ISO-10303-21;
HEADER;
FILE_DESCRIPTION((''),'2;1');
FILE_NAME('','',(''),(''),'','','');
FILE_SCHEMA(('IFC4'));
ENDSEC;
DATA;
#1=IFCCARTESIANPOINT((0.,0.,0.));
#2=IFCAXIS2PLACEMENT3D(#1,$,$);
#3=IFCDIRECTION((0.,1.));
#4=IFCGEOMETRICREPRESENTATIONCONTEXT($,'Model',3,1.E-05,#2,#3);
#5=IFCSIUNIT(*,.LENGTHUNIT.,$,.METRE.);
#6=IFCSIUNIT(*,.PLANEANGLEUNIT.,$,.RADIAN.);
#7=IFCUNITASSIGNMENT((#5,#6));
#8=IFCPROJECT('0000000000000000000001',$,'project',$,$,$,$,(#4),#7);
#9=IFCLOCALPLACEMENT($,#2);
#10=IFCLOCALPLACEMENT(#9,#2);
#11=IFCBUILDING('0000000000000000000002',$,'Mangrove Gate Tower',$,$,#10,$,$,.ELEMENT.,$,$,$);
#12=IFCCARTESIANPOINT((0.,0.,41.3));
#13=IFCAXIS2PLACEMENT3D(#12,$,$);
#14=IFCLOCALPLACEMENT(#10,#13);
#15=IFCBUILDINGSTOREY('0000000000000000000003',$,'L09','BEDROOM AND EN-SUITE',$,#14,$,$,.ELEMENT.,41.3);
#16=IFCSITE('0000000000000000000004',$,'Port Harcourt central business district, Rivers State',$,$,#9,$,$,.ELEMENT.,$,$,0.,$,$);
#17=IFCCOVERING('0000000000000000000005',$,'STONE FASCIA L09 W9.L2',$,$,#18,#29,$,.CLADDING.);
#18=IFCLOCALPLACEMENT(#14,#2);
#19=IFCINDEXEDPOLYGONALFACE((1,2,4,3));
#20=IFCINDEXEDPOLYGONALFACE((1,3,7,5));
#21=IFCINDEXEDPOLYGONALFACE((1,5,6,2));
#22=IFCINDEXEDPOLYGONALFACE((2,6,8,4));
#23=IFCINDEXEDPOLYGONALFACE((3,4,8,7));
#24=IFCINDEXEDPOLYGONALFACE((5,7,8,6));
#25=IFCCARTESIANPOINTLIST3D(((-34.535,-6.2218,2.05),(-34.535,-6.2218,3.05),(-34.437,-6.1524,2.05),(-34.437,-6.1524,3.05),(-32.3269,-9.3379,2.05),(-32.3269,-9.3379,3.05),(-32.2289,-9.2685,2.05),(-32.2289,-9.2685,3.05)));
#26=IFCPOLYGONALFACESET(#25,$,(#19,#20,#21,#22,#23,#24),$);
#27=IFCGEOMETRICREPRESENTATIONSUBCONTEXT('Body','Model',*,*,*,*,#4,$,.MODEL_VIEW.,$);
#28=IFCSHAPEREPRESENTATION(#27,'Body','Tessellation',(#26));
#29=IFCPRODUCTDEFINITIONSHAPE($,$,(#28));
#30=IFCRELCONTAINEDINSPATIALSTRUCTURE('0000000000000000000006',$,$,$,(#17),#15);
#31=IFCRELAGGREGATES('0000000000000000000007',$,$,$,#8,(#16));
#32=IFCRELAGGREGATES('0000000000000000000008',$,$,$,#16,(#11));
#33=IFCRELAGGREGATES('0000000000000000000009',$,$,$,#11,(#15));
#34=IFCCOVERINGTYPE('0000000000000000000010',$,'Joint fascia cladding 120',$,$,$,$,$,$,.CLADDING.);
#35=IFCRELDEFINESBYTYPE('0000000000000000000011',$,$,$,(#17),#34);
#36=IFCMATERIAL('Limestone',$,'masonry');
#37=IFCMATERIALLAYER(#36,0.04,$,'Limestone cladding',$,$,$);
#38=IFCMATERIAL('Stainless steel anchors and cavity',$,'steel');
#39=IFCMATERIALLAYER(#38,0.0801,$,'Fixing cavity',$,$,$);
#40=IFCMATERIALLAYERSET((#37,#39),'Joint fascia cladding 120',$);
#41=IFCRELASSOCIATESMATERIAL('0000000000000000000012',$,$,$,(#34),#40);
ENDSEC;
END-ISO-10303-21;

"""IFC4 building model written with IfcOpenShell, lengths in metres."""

from ifc_helpers import new_model, si_unit, direction, frame, frame_2d, origin, place, context, subcontext, project, spatial, rectangle, extrude, material, layer, layer_set, type_object, element, save


model = new_model("IFC4")

# Units and contexts
model_context = context("Model", 3, precision=1e-05, world=origin(), true_north=direction((0.0, 1.0)))
body_context = subcontext(model_context, "Body", "Model", "MODEL_VIEW")
ifc_project = project(units=[si_unit("LENGTHUNIT", "METRE"), si_unit("PLANEANGLEUNIT", "RADIAN")], contexts=[model_context])

# Site, building, storey
site_placement = place(None, origin())
site = spatial("IfcSite", under=ifc_project, at=site_placement, Name="Port Harcourt central business district, Rivers State", CompositionType="ELEMENT", RefElevation=0.0)
building_placement = place(site_placement, origin())
building = spatial("IfcBuilding", under=site, at=building_placement, Name="Mangrove Gate Tower", CompositionType="ELEMENT")
storey_placement = place(building_placement, frame((0.0, 0.0, 41.3)))
storey = spatial("IfcBuildingStorey", under=building, at=storey_placement, Name="L09", Description="BEDROOM AND EN-SUITE", CompositionType="ELEMENT", Elevation=41.3)

# Shared definitions
ifc_material_1 = material(Name="Limestone", Category="masonry")

# Covering
ifc_layer_1 = layer(ifc_material_1, 0.04, Name="Limestone cladding")
ifc_material_2 = material(Name="Stainless steel anchors and cavity", Category="steel")
ifc_layer_2 = layer(ifc_material_2, 0.0801, Name="Fixing cavity")
ifc_layer_set_1 = layer_set([ifc_layer_1, ifc_layer_2], Name="Joint fascia cladding 120")
covering_type = type_object("IfcCoveringType", Name="Joint fascia cladding 120", PredefinedType="CLADDING", material=ifc_layer_set_1)
covering_placement = place(storey_placement, frame((-34.4861, -6.187, 2.05), z_axis=(0.0, 0.0, 1.0), x_axis=(0.578168, -0.815918, 0.0)))
element("IfcCovering", 1, at=covering_placement, inside=storey, type_object=covering_type, Name="STONE FASCIA L09 W9.L2", PredefinedType="CLADDING", context=body_context, shape_type="SweptSolid", body=[
    extrude(rectangle(XDim=3.8191, YDim=0.1201, at=frame_2d((1.9097, 0.0))), origin(), (0.0, 0.0, 1.0), 1.0),
])

save(model, "model.ifc")
